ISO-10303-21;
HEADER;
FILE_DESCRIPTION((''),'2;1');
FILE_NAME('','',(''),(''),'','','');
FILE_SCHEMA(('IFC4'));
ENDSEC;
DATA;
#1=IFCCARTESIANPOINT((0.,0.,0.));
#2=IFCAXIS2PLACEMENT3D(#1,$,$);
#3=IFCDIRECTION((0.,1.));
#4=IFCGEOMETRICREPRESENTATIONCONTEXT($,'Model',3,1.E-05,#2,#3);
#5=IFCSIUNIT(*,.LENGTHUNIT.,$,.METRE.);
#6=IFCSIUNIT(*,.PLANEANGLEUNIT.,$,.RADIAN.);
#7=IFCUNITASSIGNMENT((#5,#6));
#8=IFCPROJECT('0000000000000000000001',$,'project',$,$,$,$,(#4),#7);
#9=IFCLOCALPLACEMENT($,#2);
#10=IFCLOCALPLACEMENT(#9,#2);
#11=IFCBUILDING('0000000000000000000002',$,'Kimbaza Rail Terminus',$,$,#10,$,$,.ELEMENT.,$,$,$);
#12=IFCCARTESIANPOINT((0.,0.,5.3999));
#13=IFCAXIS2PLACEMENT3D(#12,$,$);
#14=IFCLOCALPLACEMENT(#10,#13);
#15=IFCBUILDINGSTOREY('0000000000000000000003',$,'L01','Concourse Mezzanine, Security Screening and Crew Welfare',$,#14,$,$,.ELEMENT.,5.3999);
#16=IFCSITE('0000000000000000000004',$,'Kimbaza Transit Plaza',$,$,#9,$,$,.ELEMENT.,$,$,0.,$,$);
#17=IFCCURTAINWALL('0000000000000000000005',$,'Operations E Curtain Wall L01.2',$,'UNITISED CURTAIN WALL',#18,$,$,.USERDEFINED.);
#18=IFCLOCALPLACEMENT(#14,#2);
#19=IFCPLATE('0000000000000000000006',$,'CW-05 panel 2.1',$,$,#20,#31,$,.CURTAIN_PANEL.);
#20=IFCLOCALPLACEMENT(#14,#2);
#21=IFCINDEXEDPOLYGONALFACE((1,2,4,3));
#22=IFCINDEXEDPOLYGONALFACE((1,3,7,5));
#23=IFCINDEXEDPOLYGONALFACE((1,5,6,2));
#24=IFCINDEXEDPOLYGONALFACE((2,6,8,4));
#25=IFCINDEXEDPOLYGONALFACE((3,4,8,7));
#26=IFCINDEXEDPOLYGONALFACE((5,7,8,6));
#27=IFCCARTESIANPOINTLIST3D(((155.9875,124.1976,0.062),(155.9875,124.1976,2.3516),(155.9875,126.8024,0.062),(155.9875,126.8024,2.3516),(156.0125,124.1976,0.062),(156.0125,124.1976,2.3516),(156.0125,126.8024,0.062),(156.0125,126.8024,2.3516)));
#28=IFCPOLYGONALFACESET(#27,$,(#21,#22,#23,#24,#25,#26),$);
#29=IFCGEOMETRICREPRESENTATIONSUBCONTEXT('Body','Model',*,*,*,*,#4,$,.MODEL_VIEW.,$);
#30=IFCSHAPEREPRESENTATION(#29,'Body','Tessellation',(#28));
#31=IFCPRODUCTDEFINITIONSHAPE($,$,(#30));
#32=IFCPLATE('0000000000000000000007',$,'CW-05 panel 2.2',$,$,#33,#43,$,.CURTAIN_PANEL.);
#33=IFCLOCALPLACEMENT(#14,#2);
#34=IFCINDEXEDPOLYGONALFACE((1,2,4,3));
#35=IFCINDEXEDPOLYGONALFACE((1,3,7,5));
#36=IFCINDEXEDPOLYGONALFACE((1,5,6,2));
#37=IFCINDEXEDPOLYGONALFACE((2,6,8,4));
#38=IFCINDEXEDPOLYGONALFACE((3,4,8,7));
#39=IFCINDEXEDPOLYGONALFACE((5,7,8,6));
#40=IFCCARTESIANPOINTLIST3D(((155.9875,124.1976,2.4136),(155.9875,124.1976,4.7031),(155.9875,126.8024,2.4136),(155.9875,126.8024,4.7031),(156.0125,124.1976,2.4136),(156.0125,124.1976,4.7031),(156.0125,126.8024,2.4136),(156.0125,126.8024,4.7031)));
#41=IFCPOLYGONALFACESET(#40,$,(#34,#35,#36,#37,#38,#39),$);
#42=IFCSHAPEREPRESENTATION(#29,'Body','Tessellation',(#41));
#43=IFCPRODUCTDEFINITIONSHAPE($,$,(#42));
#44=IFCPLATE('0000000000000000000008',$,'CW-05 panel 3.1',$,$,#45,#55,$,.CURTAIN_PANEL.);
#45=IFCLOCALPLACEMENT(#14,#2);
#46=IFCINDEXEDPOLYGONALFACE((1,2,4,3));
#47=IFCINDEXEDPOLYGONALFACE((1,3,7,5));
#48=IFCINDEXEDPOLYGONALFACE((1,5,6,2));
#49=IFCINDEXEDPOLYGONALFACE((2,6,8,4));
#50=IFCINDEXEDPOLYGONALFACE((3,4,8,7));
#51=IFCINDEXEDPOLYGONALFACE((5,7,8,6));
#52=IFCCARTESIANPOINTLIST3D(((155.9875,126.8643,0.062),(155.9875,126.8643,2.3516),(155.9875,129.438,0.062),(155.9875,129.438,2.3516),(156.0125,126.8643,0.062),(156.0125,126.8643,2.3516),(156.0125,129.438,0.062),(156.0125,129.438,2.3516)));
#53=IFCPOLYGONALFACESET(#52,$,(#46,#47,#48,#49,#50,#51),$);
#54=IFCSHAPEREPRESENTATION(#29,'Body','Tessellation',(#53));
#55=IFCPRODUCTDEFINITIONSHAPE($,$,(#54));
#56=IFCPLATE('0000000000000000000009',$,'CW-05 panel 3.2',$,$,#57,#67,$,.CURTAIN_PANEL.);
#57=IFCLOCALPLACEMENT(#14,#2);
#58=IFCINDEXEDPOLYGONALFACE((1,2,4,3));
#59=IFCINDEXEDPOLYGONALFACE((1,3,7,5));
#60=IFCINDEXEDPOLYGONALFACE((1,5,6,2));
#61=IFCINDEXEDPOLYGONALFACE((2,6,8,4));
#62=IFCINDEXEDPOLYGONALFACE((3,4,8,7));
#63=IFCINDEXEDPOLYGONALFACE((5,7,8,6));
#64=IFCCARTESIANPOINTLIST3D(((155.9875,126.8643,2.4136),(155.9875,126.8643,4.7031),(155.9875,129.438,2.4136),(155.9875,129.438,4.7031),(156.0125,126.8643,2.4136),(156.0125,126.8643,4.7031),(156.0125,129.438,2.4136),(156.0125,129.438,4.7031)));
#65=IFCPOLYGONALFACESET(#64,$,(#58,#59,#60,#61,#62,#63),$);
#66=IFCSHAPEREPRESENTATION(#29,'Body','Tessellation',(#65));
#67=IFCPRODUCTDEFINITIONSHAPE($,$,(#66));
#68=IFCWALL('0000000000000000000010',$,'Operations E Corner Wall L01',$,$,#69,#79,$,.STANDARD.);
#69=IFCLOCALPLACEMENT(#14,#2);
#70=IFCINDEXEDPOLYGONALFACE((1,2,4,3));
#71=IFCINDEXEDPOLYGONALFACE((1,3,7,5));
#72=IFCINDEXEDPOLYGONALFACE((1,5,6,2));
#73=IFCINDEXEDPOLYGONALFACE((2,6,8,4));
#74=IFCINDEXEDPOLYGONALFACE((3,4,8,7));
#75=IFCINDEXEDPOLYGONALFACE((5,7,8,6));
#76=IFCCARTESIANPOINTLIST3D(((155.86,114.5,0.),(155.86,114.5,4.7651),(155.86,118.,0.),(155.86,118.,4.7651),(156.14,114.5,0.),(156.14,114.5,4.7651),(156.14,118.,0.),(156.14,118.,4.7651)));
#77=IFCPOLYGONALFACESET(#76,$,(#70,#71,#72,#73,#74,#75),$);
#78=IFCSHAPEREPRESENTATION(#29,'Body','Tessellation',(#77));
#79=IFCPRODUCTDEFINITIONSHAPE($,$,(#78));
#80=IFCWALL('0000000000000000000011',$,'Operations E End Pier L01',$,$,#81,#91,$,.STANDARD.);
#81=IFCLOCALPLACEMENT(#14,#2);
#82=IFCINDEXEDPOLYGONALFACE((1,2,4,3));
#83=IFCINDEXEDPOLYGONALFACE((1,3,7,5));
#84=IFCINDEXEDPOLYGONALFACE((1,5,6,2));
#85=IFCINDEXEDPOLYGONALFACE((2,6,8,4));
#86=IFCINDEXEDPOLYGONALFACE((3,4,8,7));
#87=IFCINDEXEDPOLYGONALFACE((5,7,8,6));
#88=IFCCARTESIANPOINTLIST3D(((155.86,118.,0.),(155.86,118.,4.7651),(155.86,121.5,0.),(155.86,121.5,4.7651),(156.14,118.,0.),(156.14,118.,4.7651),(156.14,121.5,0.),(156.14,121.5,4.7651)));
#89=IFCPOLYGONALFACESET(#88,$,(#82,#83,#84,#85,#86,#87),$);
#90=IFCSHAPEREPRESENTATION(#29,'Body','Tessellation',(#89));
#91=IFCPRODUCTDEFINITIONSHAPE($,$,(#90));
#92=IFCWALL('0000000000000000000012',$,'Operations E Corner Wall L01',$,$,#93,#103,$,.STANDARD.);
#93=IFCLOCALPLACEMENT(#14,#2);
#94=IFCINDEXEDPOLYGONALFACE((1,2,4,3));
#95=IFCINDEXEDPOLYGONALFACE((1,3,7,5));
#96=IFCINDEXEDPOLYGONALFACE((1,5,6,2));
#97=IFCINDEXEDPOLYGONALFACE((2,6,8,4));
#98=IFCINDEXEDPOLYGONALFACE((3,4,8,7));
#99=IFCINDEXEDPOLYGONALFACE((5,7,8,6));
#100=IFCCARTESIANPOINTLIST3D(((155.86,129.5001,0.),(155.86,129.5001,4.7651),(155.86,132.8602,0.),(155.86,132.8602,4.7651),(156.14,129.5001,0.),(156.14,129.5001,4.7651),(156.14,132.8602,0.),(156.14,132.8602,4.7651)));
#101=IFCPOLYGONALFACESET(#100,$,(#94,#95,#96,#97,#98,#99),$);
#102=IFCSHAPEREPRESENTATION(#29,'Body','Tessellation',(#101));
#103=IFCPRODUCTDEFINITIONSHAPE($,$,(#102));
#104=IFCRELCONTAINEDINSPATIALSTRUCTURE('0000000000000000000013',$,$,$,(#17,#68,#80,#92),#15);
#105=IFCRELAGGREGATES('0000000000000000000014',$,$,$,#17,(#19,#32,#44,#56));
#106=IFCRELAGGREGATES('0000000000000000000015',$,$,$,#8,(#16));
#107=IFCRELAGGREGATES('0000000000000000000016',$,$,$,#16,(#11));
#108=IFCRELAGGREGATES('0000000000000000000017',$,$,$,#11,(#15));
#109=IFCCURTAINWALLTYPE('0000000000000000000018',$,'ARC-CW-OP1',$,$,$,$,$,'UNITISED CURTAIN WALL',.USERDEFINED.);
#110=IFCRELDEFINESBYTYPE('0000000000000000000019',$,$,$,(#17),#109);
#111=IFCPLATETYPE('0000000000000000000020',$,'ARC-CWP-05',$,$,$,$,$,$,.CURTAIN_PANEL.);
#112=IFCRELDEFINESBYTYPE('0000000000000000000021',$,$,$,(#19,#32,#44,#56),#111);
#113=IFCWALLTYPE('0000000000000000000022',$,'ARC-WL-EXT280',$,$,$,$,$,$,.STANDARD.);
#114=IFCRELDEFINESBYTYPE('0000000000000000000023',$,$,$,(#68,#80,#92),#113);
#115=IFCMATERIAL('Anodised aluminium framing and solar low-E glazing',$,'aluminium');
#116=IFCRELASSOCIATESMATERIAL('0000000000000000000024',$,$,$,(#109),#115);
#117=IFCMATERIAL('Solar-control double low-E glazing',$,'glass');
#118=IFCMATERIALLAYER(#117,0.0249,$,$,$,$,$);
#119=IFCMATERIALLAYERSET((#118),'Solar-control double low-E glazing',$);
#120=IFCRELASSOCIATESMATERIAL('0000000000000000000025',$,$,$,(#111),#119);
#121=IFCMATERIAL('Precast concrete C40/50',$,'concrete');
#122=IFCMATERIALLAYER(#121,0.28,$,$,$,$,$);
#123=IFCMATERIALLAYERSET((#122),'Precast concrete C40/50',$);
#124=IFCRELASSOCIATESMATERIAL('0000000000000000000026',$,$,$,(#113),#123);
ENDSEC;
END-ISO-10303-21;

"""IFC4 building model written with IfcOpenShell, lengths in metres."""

from ifc_helpers import new_model, si_unit, direction, frame, frame_2d, origin, origin_2d, place, context, subcontext, project, spatial, rectangle, extrude, material, layer, layer_set, type_object, element, aggregate, save


model = new_model("IFC4")

# Units and contexts
model_context = context("Model", 3, precision=1e-05, world=origin(), true_north=direction((0.0, 1.0)))
body_context = subcontext(model_context, "Body", "Model", "MODEL_VIEW")
ifc_project = project(units=[si_unit("LENGTHUNIT", "METRE"), si_unit("PLANEANGLEUNIT", "RADIAN")], contexts=[model_context])

# Site, building, storey
site_placement = place(None, origin())
site = spatial("IfcSite", under=ifc_project, at=site_placement, Name="Kimbaza Transit Plaza", CompositionType="ELEMENT", RefElevation=0.0)
building_placement = place(site_placement, origin())
building = spatial("IfcBuilding", under=site, at=building_placement, Name="Kimbaza Rail Terminus", CompositionType="ELEMENT")
storey_placement = place(building_placement, frame((0.0, 0.0, 5.3999)))
storey = spatial("IfcBuildingStorey", under=building, at=storey_placement, Name="L01", Description="Concourse Mezzanine, Security Screening and Crew Welfare", CompositionType="ELEMENT", Elevation=5.3999)

# Shared definitions
ifc_material_1 = material(Name="Anodised aluminium framing and solar low-E glazing", Category="aluminium")
curtain_wall_type = type_object("IfcCurtainWallType", Name="ARC-CW-OP1", ElementType="UNITISED CURTAIN WALL", PredefinedType="USERDEFINED", material=ifc_material_1)

# Curtain wall
curtain_wall_1_placement = place(storey_placement, origin())
curtain_wall_1 = element("IfcCurtainWall", 1, at=curtain_wall_1_placement, inside=storey, type_object=curtain_wall_type, Name="Operations E Curtain Wall L01.2", ObjectType="UNITISED CURTAIN WALL", PredefinedType="USERDEFINED")

# Plates
ifc_material_2 = material(Name="Solar-control double low-E glazing", Category="glass")
ifc_layer_1 = layer(ifc_material_2, 0.0249)
ifc_layer_set_1 = layer_set([ifc_layer_1], Name="Solar-control double low-E glazing")
plate_type = type_object("IfcPlateType", Name="ARC-CWP-05", PredefinedType="CURTAIN_PANEL", material=ifc_layer_set_1)
plate_1_placement = place(storey_placement, frame((156.0, 125.5, 0.062), z_axis=(0.0, 0.0, 1.0), x_axis=(0.0, 1.0, 0.0)))
plate_1 = element("IfcPlate", 2, at=plate_1_placement, type_object=plate_type, Name="CW-05 panel 2.1", PredefinedType="CURTAIN_PANEL", context=body_context, shape_type="SweptSolid", body=[
    extrude(rectangle(XDim=2.6047, YDim=0.0249, at=origin_2d()), origin(), (0.0, 0.0, 1.0), 2.2896),
])
plate_2_placement = place(storey_placement, frame((156.0, 125.5, 2.4136), z_axis=(0.0, 0.0, 1.0), x_axis=(0.0, 1.0, 0.0)))
plate_2 = element("IfcPlate", 3, at=plate_2_placement, type_object=plate_type, Name="CW-05 panel 2.2", PredefinedType="CURTAIN_PANEL", context=body_context, shape_type="SweptSolid", body=[
    extrude(rectangle(XDim=2.6047, YDim=0.0249, at=origin_2d()), origin(), (0.0, 0.0, 1.0), 2.2896),
])
plate_3_placement = place(storey_placement, frame((156.0, 128.1511, 0.062), z_axis=(0.0, 0.0, 1.0), x_axis=(0.0, 1.0, 0.0)))
plate_3 = element("IfcPlate", 4, at=plate_3_placement, type_object=plate_type, Name="CW-05 panel 3.1", PredefinedType="CURTAIN_PANEL", context=body_context, shape_type="SweptSolid", body=[
    extrude(rectangle(XDim=2.5737, YDim=0.0249, at=origin_2d()), origin(), (0.0, 0.0, 1.0), 2.2896),
])
plate_4_placement = place(storey_placement, frame((156.0, 128.1511, 2.4136), z_axis=(0.0, 0.0, 1.0), x_axis=(0.0, 1.0, 0.0)))
plate_4 = element("IfcPlate", 5, at=plate_4_placement, type_object=plate_type, Name="CW-05 panel 3.2", PredefinedType="CURTAIN_PANEL", context=body_context, shape_type="SweptSolid", body=[
    extrude(rectangle(XDim=2.5737, YDim=0.0249, at=origin_2d()), origin(), (0.0, 0.0, 1.0), 2.2896),
])
aggregate(curtain_wall_1, [plate_1, plate_2, plate_3, plate_4])

# Walls
ifc_material_3 = material(Name="Precast concrete C40/50", Category="concrete")
ifc_layer_2 = layer(ifc_material_3, 0.28)
ifc_layer_set_2 = layer_set([ifc_layer_2], Name="Precast concrete C40/50")
wall_type = type_object("IfcWallType", Name="ARC-WL-EXT280", PredefinedType="STANDARD", material=ifc_layer_set_2)
for number, where, z_axis, x_axis, name in (
    (6, (156.0, 114.5, 0.0), (0.0, 0.0, 1.0), (0.0, 1.0, 0.0), "Operations E Corner Wall L01"),
    (7, (156.0, 118.0, 0.0), (0.0, 0.0, 1.0), (0.0, 1.0, 0.0), "Operations E End Pier L01"),
):
    element("IfcWall", number, at=place(storey_placement, frame(where, z_axis=z_axis, x_axis=x_axis)), inside=storey, type_object=wall_type, Name=name, PredefinedType="STANDARD", context=body_context, shape_type="SweptSolid", body=[
        extrude(rectangle(XDim=3.5, YDim=0.28, at=frame_2d((1.75, 0.0))), origin(), (0.0, 0.0, 1.0), 4.7651),
    ])
wall_placement = place(storey_placement, frame((156.0, 129.5, 0.0), z_axis=(0.0, 0.0, 1.0), x_axis=(0.0, 1.0, 0.0)))
element("IfcWall", 8, at=wall_placement, inside=storey, type_object=wall_type, Name="Operations E Corner Wall L01", PredefinedType="STANDARD", context=body_context, shape_type="SweptSolid", body=[
    extrude(rectangle(XDim=3.3601, YDim=0.28, at=frame_2d((1.6802, 0.0))), origin(), (0.0, 0.0, 1.0), 4.7651),
])

save(model, "model.ifc")
